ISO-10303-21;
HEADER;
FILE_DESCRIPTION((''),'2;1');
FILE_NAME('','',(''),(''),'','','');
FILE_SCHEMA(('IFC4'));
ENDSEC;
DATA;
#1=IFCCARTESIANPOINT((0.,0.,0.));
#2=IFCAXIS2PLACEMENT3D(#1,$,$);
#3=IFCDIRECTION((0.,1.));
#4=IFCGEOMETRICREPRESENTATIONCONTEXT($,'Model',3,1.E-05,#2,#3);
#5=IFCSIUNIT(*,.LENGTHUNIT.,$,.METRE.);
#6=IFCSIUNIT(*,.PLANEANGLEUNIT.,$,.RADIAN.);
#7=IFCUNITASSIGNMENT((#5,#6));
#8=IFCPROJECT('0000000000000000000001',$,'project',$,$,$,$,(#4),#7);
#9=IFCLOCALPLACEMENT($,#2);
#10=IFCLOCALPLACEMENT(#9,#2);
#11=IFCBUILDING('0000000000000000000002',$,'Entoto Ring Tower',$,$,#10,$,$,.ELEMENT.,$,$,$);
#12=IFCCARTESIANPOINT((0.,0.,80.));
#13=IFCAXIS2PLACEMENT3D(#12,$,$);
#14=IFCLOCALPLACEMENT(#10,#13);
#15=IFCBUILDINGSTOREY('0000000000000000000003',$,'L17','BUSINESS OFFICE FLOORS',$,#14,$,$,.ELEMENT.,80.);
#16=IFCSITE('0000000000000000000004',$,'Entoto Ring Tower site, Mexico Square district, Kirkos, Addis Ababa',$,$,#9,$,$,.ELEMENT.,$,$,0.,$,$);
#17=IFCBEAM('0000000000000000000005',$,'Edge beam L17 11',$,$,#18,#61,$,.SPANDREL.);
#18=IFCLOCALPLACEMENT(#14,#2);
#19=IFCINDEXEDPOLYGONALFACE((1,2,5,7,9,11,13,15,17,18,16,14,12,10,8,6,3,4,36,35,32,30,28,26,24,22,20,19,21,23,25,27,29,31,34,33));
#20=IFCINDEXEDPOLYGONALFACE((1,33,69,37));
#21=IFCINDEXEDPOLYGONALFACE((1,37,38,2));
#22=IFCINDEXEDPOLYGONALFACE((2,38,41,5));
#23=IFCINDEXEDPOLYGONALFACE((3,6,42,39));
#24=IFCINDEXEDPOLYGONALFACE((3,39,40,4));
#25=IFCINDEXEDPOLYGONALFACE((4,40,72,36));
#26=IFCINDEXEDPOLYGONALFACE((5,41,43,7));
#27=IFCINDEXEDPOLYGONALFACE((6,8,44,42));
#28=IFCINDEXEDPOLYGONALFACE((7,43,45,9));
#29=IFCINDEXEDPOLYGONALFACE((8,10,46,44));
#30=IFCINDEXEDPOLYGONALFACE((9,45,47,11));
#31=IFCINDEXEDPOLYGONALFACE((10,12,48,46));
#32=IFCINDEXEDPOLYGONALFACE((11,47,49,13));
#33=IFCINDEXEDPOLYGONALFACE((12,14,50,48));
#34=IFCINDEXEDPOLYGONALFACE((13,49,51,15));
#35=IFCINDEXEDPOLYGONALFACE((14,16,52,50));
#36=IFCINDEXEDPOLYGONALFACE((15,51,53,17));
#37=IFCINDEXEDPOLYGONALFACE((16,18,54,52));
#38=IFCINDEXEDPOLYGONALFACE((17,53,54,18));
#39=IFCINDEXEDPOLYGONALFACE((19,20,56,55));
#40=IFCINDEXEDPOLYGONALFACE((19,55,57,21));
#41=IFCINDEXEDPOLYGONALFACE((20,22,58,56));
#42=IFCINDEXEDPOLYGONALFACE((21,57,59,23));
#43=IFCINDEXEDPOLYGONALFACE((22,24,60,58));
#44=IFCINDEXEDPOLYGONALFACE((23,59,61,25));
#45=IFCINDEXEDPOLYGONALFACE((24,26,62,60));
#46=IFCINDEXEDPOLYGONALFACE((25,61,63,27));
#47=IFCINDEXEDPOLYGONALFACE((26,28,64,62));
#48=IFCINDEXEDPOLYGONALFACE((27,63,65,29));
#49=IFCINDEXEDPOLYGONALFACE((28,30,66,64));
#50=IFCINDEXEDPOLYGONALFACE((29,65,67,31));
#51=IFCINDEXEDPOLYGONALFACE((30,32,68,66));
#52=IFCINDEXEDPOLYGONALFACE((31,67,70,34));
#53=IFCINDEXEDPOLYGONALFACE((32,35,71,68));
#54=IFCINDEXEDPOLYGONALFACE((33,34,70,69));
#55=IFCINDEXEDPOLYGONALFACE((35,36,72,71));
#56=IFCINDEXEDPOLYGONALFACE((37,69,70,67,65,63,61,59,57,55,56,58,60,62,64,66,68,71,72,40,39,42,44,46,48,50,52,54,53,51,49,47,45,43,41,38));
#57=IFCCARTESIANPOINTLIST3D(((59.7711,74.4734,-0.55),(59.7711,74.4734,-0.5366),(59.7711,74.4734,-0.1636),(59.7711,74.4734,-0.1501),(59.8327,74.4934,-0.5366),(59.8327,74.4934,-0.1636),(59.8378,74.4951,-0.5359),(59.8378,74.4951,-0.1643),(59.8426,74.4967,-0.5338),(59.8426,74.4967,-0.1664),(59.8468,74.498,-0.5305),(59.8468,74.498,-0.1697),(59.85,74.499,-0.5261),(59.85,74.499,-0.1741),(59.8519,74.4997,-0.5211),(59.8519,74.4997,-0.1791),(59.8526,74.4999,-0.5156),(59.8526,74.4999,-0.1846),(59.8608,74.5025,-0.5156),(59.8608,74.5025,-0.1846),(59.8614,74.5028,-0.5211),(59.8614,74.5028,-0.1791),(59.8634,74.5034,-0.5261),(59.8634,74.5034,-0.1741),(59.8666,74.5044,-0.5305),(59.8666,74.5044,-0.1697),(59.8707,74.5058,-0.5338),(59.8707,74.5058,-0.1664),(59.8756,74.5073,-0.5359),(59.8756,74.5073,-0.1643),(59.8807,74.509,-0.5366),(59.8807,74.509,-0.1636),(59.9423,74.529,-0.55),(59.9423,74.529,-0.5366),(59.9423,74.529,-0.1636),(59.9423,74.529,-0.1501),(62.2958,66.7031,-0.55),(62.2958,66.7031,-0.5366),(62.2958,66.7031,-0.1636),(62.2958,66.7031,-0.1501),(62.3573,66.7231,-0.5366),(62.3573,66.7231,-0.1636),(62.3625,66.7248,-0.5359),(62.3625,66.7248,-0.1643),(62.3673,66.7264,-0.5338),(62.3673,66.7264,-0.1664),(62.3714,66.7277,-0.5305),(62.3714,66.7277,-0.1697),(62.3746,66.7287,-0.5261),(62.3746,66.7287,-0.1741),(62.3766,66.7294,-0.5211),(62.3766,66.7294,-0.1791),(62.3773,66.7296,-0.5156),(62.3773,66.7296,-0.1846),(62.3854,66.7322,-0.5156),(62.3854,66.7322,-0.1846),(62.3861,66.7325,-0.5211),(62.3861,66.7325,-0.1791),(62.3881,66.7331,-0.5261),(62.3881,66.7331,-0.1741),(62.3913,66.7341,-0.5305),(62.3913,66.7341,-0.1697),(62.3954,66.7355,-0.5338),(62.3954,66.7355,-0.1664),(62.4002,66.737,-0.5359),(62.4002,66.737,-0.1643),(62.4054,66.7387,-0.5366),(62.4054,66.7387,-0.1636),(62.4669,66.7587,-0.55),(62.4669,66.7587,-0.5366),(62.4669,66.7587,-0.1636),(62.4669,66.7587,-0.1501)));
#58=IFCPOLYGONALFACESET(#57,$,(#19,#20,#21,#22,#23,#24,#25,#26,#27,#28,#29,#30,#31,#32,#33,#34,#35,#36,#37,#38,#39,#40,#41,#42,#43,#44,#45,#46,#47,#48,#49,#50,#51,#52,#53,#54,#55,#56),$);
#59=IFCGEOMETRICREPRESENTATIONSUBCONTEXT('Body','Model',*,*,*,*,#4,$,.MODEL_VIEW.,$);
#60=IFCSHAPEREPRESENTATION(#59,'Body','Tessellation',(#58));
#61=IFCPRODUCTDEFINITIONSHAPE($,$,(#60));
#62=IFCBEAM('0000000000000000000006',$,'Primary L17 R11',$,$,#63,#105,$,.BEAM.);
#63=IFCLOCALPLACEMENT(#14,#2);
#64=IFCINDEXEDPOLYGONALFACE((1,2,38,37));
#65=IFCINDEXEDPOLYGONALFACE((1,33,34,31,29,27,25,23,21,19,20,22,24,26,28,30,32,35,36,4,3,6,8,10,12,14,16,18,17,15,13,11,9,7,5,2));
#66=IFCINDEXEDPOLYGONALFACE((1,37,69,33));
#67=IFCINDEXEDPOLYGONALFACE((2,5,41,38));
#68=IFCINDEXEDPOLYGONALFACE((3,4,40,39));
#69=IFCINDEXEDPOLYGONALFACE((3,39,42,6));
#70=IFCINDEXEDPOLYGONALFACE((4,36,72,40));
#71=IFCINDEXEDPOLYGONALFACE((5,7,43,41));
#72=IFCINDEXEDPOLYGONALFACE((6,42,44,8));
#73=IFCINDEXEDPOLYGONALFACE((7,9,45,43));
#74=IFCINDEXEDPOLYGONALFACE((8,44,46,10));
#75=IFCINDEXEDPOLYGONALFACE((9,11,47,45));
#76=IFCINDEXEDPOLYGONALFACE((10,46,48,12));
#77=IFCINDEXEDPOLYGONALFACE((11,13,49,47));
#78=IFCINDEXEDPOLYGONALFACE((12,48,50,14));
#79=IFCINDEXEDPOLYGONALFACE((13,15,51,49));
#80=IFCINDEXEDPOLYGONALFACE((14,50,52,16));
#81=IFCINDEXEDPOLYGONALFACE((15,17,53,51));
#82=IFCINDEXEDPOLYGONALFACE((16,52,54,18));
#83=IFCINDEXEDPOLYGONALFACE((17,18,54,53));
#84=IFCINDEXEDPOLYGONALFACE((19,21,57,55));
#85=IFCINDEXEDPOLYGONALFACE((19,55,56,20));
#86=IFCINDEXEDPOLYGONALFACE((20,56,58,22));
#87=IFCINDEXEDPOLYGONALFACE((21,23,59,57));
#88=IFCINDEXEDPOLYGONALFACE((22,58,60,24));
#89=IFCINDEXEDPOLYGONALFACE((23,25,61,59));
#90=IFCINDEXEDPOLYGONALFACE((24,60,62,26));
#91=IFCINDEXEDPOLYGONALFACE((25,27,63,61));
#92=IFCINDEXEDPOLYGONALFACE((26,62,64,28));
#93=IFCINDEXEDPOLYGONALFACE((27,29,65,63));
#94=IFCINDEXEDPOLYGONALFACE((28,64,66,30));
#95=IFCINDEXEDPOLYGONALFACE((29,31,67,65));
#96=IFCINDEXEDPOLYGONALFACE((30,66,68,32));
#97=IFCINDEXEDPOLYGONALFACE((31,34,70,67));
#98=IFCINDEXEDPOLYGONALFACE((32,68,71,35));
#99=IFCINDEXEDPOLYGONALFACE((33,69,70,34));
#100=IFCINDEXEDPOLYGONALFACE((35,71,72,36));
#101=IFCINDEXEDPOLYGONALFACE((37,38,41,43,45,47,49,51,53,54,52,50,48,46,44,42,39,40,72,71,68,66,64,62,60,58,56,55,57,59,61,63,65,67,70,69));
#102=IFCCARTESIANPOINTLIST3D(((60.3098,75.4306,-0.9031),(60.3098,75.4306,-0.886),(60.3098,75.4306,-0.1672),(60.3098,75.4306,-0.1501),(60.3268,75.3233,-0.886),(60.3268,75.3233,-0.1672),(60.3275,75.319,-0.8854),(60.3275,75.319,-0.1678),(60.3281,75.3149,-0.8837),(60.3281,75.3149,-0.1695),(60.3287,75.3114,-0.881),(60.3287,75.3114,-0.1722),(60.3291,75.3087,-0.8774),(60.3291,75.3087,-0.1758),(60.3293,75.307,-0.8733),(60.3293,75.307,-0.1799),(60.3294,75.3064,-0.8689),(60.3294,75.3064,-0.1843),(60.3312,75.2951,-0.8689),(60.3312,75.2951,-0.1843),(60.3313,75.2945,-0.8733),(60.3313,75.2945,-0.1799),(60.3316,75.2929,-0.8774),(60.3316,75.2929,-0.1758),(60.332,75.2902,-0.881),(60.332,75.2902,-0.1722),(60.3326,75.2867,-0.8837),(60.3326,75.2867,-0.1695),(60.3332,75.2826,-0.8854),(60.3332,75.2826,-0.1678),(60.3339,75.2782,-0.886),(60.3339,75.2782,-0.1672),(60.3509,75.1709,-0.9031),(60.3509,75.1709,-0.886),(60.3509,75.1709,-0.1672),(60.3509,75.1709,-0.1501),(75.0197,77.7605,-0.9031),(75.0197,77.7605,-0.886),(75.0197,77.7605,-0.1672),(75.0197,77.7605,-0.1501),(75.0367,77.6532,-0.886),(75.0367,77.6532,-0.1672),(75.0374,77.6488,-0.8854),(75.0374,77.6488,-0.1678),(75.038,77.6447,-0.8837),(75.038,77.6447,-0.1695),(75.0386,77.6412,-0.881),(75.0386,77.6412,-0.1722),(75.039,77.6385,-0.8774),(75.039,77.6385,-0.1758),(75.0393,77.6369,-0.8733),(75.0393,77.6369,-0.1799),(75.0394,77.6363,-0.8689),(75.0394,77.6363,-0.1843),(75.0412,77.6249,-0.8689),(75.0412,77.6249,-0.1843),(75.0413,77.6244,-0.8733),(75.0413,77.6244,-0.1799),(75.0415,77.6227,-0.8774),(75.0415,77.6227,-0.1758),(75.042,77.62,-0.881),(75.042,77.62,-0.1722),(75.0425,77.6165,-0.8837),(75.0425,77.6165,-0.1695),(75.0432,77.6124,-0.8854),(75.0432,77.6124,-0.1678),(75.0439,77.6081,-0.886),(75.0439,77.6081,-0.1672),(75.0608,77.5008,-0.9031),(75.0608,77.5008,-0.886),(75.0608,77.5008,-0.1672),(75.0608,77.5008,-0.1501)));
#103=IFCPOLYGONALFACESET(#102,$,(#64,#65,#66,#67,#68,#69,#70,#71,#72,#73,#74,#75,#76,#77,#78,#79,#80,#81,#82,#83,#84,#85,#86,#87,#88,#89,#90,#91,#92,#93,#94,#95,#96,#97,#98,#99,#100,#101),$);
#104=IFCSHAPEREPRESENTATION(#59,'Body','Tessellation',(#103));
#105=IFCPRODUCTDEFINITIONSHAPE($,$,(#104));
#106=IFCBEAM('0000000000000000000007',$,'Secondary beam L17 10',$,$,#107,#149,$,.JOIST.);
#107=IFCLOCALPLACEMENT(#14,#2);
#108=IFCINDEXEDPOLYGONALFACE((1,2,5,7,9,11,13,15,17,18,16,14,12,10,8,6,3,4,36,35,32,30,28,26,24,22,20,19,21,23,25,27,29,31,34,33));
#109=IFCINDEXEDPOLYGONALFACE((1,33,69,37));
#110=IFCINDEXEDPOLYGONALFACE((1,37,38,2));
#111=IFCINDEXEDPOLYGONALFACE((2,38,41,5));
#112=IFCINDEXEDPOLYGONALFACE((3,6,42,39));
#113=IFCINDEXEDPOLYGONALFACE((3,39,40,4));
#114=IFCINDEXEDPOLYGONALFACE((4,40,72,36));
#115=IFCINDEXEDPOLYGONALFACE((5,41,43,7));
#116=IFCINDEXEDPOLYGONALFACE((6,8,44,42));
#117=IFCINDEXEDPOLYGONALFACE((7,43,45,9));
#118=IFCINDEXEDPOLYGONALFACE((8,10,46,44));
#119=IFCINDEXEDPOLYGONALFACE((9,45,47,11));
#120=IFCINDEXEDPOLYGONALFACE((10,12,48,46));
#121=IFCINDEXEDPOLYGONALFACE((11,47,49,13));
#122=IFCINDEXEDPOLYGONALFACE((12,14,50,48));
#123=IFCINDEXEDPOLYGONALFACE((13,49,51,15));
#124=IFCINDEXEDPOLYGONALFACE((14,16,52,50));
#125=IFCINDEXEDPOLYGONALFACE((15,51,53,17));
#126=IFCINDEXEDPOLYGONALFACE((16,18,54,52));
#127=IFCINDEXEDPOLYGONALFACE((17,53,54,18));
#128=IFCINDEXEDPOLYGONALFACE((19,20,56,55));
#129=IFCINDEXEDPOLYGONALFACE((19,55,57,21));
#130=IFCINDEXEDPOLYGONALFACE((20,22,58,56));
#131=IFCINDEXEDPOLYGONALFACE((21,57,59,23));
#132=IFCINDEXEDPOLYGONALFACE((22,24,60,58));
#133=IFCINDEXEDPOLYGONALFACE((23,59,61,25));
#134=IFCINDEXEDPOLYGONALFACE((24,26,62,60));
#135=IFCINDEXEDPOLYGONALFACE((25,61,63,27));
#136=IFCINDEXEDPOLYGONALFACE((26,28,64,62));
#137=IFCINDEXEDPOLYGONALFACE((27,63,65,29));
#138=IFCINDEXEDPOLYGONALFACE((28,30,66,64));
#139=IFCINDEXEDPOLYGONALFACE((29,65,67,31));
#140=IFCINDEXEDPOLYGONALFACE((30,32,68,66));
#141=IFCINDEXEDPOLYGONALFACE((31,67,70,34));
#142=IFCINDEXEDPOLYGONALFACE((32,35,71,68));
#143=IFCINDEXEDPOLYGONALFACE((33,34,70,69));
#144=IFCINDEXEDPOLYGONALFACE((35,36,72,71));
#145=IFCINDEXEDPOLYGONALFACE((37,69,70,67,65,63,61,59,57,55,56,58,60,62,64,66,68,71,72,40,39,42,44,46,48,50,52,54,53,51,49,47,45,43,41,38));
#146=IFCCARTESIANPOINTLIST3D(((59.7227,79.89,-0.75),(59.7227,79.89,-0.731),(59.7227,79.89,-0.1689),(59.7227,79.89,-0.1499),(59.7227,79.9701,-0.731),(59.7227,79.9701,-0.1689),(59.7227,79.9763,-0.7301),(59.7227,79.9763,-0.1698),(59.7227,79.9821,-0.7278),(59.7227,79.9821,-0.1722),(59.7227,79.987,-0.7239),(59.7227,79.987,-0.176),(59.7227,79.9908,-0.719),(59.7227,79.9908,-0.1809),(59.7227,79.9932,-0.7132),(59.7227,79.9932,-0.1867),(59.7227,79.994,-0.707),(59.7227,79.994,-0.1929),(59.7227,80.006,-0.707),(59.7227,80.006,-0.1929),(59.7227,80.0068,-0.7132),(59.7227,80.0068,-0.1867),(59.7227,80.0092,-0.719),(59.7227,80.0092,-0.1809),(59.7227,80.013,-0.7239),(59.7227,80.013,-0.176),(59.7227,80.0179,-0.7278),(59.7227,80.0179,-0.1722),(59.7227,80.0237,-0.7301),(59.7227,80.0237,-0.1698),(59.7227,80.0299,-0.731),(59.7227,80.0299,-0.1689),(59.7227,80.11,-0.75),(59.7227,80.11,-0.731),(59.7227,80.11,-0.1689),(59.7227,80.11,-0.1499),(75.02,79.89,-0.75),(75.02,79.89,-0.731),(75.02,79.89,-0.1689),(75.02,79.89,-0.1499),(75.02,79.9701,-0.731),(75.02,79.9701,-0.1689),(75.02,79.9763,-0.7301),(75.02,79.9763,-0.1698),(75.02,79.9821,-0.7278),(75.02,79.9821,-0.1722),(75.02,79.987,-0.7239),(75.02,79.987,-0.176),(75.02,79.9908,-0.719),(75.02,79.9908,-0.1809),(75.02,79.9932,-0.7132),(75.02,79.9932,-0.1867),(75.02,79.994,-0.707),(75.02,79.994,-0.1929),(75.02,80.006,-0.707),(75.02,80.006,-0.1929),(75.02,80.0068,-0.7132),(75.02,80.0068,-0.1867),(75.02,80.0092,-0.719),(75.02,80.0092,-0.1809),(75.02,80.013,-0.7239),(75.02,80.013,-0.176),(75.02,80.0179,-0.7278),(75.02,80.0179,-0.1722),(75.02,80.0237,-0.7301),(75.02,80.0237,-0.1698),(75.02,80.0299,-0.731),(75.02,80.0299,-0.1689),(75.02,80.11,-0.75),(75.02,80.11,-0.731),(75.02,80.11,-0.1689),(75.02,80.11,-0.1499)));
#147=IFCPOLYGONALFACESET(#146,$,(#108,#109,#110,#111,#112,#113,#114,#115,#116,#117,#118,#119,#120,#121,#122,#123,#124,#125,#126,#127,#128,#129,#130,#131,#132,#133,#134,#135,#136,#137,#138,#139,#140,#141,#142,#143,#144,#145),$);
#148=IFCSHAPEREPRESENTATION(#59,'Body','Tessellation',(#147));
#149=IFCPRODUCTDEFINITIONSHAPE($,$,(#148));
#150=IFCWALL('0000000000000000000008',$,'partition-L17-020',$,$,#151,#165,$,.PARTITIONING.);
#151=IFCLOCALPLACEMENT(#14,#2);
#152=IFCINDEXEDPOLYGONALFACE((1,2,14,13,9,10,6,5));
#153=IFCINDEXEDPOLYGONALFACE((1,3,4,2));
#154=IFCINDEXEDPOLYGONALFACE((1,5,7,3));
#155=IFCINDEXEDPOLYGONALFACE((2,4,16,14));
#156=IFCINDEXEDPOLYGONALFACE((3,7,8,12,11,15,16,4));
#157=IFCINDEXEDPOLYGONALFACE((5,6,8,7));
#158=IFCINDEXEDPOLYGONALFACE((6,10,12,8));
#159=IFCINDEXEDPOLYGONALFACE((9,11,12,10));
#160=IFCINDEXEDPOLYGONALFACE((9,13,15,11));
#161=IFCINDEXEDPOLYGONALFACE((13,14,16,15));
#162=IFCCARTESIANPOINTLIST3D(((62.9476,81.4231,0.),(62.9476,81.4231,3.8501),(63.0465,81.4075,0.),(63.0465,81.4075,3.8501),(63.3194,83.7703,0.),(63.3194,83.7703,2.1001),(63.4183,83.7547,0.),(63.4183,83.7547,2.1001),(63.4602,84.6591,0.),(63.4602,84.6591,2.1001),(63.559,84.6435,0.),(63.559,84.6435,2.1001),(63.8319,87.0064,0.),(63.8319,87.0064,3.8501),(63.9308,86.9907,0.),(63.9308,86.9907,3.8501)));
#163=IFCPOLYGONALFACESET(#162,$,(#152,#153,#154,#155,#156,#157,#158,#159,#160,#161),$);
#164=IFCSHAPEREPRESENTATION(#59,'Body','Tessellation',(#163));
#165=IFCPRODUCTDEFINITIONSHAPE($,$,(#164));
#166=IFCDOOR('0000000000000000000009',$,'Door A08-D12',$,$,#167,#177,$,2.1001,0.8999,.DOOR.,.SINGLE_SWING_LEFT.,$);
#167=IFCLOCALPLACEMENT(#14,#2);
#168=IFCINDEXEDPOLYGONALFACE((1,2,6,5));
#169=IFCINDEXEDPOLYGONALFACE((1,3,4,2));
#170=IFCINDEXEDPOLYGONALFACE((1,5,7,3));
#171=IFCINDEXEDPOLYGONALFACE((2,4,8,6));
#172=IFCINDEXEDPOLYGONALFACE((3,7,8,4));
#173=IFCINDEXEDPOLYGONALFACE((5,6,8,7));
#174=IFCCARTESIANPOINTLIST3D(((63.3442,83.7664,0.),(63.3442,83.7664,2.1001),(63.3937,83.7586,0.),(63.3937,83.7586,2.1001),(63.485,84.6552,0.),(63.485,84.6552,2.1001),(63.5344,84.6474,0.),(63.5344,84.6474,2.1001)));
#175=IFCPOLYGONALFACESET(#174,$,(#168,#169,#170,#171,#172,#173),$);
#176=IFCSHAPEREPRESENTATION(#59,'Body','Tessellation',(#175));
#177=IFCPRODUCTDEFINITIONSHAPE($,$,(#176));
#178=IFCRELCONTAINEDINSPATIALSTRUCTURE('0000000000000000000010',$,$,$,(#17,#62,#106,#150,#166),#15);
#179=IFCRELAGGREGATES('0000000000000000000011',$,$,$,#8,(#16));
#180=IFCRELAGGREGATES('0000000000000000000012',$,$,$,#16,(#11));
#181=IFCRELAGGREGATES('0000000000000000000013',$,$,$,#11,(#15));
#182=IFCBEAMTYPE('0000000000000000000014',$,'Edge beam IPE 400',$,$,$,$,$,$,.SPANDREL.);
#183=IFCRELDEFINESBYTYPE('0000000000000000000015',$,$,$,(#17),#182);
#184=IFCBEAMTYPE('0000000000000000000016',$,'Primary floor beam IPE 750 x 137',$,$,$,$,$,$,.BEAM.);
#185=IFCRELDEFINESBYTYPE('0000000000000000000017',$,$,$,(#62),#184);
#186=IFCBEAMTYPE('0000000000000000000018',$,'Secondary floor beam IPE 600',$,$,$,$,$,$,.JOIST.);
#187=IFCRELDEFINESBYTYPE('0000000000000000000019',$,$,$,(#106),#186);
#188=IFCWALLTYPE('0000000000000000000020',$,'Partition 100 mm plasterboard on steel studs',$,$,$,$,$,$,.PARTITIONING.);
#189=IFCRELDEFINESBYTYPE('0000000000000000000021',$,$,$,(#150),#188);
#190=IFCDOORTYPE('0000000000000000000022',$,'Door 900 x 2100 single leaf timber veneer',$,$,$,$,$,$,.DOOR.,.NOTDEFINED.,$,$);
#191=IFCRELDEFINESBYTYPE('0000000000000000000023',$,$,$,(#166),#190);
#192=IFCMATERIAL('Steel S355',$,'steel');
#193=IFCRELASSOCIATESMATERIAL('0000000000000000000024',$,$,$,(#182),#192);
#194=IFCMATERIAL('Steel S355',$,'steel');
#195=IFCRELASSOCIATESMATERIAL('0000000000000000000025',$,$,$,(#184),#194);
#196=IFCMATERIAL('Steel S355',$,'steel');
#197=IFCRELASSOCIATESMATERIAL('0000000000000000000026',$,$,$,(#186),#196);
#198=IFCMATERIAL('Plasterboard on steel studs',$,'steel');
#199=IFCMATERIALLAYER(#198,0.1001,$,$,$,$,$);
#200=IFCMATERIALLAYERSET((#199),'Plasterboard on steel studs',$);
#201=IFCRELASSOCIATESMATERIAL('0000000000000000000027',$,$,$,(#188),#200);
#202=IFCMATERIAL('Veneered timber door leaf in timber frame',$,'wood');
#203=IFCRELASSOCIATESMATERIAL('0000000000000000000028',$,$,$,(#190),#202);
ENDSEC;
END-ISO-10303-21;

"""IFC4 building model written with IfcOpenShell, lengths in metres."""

from ifc_helpers import new_model, si_unit, direction, frame, frame_2d, origin, origin_2d, place, context, subcontext, project, spatial, rectangle, i_section, extrude, material, layer, layer_set, material_profile, profile_set, type_object, element, fill, save


model = new_model("IFC4")

# Units and contexts
model_context = context("Model", 3, precision=1e-05, world=origin(), true_north=direction((0.0, 1.0)))
body_context = subcontext(model_context, "Body", "Model", "MODEL_VIEW")
ifc_project = project(units=[si_unit("LENGTHUNIT", "METRE"), si_unit("PLANEANGLEUNIT", "RADIAN")], contexts=[model_context])

# Site, building, storey
site_placement = place(None, origin())
site = spatial("IfcSite", under=ifc_project, at=site_placement, Name="Entoto Ring Tower site, Mexico Square district, Kirkos, Addis Ababa", CompositionType="ELEMENT", RefElevation=0.0)
building_placement = place(site_placement, origin())
building = spatial("IfcBuilding", under=site, at=building_placement, Name="Entoto Ring Tower", CompositionType="ELEMENT")
storey_placement = place(building_placement, frame((0.0, 0.0, 80.0)))
storey = spatial("IfcBuildingStorey", under=building, at=storey_placement, Name="L17", Description="BUSINESS OFFICE FLOORS", CompositionType="ELEMENT", Elevation=80.0)

# Beams
ifc_material_1 = material(Name="Steel S355", Category="steel")
ifc_material_profile_1 = material_profile(ifc_material_1, i_section(OverallWidth=0.1799, OverallDepth=0.3999, WebThickness=0.0085, FlangeThickness=0.0134, FilletRadius=0.021, at=origin_2d()), Name="IPE 400")
ifc_profile_set_1 = profile_set([ifc_material_profile_1], Name="Steel S355")
beam_type_1 = type_object("IfcBeamType", Name="Edge beam IPE 400", PredefinedType="SPANDREL", material=ifc_profile_set_1)
beam_1_placement = place(storey_placement, frame((59.8567, 74.5012, -0.3501), z_axis=(0.309011, -0.951058, 0.0), x_axis=(0.951058, 0.309011, 0.0)))
element("IfcBeam", 1, at=beam_1_placement, inside=storey, type_object=beam_type_1, Name="Edge beam L17 11", PredefinedType="SPANDREL", context=body_context, shape_type="SweptSolid", body=[
    extrude(i_section(OverallWidth=0.1799, OverallDepth=0.3999, WebThickness=0.0085, FlangeThickness=0.0134, FilletRadius=0.021, at=origin_2d()), origin(), (0.0, 0.0, 1.0), 8.1702),
])
ifc_material_2 = material(Name="Steel S355", Category="steel")
ifc_material_profile_2 = material_profile(ifc_material_2, i_section(OverallWidth=0.2629, OverallDepth=0.7529, WebThickness=0.0115, FlangeThickness=0.0171, FilletRadius=0.0171, at=origin_2d()), Name="IPE 750 x 137")
ifc_profile_set_2 = profile_set([ifc_material_profile_2], Name="Steel S355")
beam_type_2 = type_object("IfcBeamType", Name="Primary floor beam IPE 750 x 137", PredefinedType="BEAM", material=ifc_profile_set_2)
beam_2_placement = place(storey_placement, frame((75.0403, 77.6306, -0.5266), z_axis=(-0.987688, -0.156435, 0.0), x_axis=(0.156435, -0.987688, 0.0)))
element("IfcBeam", 2, at=beam_2_placement, inside=storey, type_object=beam_type_2, Name="Primary L17 R11", PredefinedType="BEAM", context=body_context, shape_type="SweptSolid", body=[
    extrude(i_section(OverallWidth=0.2629, OverallDepth=0.7529, WebThickness=0.0115, FlangeThickness=0.0171, FilletRadius=0.0171, at=origin_2d()), origin(), (0.0, 0.0, 1.0), 14.8933),
])
ifc_material_3 = material(Name="Steel S355", Category="steel")
ifc_material_profile_3 = material_profile(ifc_material_3, i_section(OverallWidth=0.22, OverallDepth=0.6001, WebThickness=0.012, FlangeThickness=0.019, FilletRadius=0.0239, at=origin_2d()), Name="IPE 600")
ifc_profile_set_3 = profile_set([ifc_material_profile_3], Name="Steel S355")
beam_type_3 = type_object("IfcBeamType", Name="Secondary floor beam IPE 600", PredefinedType="JOIST", material=ifc_profile_set_3)
beam_3_placement = place(storey_placement, frame((75.02, 80.0, -0.45), z_axis=(-1.0, 0.0, 0.0), x_axis=(0.0, -1.0, 0.0)))
element("IfcBeam", 3, at=beam_3_placement, inside=storey, type_object=beam_type_3, Name="Secondary beam L17 10", PredefinedType="JOIST", context=body_context, shape_type="SweptSolid", body=[
    extrude(i_section(OverallWidth=0.22, OverallDepth=0.6001, WebThickness=0.012, FlangeThickness=0.019, FilletRadius=0.0239, at=origin_2d()), origin(), (0.0, 0.0, 1.0), 15.2974),
])

# Wall, opening, door
ifc_material_4 = material(Name="Plasterboard on steel studs", Category="steel")
ifc_layer_1 = layer(ifc_material_4, 0.1001)
ifc_layer_set_1 = layer_set([ifc_layer_1], Name="Plasterboard on steel studs")
wall_type_1 = type_object("IfcWallType", Name="Partition 100 mm plasterboard on steel studs", PredefinedType="PARTITIONING", material=ifc_layer_set_1)
wall_1_placement = place(storey_placement, frame((62.9971, 81.4153, 0.0), z_axis=(0.0, 0.0, 1.0), x_axis=(0.156431, 0.987689, 0.0)))
wall_1 = element("IfcWall", 4, at=wall_1_placement, inside=storey, type_object=wall_type_1, Name="partition-L17-020", PredefinedType="PARTITIONING", context=body_context, shape_type="SweptSolid", body=[
    extrude(rectangle(XDim=5.6528, YDim=0.1001, at=frame_2d((2.8264, 0.0))), origin(), (0.0, 0.0, 1.0), 3.8501),
])
opening_1_placement = place(wall_1_placement, frame((2.3765, 0.0, 0.0)))
opening_1 = element("IfcOpeningElement", 5, at=opening_1_placement, cuts=wall_1, PredefinedType="OPENING", context=body_context, shape_type="SweptSolid", body=[
    extrude(rectangle(XDim=0.8999, YDim=2.1001, at=frame_2d((0.45, 1.05))), frame((0.0, 0.0601, 0.0), z_axis=(0.0, -1.0, 0.0), x_axis=(1.0, 0.0, 0.0)), (0.0, 0.0, 1.0), 0.1201),
])
ifc_material_5 = material(Name="Veneered timber door leaf in timber frame", Category="wood")
door_type = type_object("IfcDoorType", Name="Door 900 x 2100 single leaf timber veneer", OperationType="NOTDEFINED", PredefinedType="DOOR", material=ifc_material_5)
door_1_placement = place(opening_1_placement, origin())
door_1 = element("IfcDoor", 6, at=door_1_placement, inside=storey, type_object=door_type, Name="Door A08-D12", OperationType="SINGLE_SWING_LEFT", OverallHeight=2.1001, OverallWidth=0.8999, PredefinedType="DOOR", context=body_context, shape_type="SweptSolid", body=[
    extrude(rectangle(XDim=0.8999, YDim=2.1001, at=frame_2d((0.45, 1.05))), frame((0.0, 0.0249, 0.0), z_axis=(0.0, -1.0, 0.0), x_axis=(1.0, 0.0, 0.0)), (0.0, 0.0, 1.0), 0.05),
])
fill(opening_1, door_1)

save(model, "model.ifc")
